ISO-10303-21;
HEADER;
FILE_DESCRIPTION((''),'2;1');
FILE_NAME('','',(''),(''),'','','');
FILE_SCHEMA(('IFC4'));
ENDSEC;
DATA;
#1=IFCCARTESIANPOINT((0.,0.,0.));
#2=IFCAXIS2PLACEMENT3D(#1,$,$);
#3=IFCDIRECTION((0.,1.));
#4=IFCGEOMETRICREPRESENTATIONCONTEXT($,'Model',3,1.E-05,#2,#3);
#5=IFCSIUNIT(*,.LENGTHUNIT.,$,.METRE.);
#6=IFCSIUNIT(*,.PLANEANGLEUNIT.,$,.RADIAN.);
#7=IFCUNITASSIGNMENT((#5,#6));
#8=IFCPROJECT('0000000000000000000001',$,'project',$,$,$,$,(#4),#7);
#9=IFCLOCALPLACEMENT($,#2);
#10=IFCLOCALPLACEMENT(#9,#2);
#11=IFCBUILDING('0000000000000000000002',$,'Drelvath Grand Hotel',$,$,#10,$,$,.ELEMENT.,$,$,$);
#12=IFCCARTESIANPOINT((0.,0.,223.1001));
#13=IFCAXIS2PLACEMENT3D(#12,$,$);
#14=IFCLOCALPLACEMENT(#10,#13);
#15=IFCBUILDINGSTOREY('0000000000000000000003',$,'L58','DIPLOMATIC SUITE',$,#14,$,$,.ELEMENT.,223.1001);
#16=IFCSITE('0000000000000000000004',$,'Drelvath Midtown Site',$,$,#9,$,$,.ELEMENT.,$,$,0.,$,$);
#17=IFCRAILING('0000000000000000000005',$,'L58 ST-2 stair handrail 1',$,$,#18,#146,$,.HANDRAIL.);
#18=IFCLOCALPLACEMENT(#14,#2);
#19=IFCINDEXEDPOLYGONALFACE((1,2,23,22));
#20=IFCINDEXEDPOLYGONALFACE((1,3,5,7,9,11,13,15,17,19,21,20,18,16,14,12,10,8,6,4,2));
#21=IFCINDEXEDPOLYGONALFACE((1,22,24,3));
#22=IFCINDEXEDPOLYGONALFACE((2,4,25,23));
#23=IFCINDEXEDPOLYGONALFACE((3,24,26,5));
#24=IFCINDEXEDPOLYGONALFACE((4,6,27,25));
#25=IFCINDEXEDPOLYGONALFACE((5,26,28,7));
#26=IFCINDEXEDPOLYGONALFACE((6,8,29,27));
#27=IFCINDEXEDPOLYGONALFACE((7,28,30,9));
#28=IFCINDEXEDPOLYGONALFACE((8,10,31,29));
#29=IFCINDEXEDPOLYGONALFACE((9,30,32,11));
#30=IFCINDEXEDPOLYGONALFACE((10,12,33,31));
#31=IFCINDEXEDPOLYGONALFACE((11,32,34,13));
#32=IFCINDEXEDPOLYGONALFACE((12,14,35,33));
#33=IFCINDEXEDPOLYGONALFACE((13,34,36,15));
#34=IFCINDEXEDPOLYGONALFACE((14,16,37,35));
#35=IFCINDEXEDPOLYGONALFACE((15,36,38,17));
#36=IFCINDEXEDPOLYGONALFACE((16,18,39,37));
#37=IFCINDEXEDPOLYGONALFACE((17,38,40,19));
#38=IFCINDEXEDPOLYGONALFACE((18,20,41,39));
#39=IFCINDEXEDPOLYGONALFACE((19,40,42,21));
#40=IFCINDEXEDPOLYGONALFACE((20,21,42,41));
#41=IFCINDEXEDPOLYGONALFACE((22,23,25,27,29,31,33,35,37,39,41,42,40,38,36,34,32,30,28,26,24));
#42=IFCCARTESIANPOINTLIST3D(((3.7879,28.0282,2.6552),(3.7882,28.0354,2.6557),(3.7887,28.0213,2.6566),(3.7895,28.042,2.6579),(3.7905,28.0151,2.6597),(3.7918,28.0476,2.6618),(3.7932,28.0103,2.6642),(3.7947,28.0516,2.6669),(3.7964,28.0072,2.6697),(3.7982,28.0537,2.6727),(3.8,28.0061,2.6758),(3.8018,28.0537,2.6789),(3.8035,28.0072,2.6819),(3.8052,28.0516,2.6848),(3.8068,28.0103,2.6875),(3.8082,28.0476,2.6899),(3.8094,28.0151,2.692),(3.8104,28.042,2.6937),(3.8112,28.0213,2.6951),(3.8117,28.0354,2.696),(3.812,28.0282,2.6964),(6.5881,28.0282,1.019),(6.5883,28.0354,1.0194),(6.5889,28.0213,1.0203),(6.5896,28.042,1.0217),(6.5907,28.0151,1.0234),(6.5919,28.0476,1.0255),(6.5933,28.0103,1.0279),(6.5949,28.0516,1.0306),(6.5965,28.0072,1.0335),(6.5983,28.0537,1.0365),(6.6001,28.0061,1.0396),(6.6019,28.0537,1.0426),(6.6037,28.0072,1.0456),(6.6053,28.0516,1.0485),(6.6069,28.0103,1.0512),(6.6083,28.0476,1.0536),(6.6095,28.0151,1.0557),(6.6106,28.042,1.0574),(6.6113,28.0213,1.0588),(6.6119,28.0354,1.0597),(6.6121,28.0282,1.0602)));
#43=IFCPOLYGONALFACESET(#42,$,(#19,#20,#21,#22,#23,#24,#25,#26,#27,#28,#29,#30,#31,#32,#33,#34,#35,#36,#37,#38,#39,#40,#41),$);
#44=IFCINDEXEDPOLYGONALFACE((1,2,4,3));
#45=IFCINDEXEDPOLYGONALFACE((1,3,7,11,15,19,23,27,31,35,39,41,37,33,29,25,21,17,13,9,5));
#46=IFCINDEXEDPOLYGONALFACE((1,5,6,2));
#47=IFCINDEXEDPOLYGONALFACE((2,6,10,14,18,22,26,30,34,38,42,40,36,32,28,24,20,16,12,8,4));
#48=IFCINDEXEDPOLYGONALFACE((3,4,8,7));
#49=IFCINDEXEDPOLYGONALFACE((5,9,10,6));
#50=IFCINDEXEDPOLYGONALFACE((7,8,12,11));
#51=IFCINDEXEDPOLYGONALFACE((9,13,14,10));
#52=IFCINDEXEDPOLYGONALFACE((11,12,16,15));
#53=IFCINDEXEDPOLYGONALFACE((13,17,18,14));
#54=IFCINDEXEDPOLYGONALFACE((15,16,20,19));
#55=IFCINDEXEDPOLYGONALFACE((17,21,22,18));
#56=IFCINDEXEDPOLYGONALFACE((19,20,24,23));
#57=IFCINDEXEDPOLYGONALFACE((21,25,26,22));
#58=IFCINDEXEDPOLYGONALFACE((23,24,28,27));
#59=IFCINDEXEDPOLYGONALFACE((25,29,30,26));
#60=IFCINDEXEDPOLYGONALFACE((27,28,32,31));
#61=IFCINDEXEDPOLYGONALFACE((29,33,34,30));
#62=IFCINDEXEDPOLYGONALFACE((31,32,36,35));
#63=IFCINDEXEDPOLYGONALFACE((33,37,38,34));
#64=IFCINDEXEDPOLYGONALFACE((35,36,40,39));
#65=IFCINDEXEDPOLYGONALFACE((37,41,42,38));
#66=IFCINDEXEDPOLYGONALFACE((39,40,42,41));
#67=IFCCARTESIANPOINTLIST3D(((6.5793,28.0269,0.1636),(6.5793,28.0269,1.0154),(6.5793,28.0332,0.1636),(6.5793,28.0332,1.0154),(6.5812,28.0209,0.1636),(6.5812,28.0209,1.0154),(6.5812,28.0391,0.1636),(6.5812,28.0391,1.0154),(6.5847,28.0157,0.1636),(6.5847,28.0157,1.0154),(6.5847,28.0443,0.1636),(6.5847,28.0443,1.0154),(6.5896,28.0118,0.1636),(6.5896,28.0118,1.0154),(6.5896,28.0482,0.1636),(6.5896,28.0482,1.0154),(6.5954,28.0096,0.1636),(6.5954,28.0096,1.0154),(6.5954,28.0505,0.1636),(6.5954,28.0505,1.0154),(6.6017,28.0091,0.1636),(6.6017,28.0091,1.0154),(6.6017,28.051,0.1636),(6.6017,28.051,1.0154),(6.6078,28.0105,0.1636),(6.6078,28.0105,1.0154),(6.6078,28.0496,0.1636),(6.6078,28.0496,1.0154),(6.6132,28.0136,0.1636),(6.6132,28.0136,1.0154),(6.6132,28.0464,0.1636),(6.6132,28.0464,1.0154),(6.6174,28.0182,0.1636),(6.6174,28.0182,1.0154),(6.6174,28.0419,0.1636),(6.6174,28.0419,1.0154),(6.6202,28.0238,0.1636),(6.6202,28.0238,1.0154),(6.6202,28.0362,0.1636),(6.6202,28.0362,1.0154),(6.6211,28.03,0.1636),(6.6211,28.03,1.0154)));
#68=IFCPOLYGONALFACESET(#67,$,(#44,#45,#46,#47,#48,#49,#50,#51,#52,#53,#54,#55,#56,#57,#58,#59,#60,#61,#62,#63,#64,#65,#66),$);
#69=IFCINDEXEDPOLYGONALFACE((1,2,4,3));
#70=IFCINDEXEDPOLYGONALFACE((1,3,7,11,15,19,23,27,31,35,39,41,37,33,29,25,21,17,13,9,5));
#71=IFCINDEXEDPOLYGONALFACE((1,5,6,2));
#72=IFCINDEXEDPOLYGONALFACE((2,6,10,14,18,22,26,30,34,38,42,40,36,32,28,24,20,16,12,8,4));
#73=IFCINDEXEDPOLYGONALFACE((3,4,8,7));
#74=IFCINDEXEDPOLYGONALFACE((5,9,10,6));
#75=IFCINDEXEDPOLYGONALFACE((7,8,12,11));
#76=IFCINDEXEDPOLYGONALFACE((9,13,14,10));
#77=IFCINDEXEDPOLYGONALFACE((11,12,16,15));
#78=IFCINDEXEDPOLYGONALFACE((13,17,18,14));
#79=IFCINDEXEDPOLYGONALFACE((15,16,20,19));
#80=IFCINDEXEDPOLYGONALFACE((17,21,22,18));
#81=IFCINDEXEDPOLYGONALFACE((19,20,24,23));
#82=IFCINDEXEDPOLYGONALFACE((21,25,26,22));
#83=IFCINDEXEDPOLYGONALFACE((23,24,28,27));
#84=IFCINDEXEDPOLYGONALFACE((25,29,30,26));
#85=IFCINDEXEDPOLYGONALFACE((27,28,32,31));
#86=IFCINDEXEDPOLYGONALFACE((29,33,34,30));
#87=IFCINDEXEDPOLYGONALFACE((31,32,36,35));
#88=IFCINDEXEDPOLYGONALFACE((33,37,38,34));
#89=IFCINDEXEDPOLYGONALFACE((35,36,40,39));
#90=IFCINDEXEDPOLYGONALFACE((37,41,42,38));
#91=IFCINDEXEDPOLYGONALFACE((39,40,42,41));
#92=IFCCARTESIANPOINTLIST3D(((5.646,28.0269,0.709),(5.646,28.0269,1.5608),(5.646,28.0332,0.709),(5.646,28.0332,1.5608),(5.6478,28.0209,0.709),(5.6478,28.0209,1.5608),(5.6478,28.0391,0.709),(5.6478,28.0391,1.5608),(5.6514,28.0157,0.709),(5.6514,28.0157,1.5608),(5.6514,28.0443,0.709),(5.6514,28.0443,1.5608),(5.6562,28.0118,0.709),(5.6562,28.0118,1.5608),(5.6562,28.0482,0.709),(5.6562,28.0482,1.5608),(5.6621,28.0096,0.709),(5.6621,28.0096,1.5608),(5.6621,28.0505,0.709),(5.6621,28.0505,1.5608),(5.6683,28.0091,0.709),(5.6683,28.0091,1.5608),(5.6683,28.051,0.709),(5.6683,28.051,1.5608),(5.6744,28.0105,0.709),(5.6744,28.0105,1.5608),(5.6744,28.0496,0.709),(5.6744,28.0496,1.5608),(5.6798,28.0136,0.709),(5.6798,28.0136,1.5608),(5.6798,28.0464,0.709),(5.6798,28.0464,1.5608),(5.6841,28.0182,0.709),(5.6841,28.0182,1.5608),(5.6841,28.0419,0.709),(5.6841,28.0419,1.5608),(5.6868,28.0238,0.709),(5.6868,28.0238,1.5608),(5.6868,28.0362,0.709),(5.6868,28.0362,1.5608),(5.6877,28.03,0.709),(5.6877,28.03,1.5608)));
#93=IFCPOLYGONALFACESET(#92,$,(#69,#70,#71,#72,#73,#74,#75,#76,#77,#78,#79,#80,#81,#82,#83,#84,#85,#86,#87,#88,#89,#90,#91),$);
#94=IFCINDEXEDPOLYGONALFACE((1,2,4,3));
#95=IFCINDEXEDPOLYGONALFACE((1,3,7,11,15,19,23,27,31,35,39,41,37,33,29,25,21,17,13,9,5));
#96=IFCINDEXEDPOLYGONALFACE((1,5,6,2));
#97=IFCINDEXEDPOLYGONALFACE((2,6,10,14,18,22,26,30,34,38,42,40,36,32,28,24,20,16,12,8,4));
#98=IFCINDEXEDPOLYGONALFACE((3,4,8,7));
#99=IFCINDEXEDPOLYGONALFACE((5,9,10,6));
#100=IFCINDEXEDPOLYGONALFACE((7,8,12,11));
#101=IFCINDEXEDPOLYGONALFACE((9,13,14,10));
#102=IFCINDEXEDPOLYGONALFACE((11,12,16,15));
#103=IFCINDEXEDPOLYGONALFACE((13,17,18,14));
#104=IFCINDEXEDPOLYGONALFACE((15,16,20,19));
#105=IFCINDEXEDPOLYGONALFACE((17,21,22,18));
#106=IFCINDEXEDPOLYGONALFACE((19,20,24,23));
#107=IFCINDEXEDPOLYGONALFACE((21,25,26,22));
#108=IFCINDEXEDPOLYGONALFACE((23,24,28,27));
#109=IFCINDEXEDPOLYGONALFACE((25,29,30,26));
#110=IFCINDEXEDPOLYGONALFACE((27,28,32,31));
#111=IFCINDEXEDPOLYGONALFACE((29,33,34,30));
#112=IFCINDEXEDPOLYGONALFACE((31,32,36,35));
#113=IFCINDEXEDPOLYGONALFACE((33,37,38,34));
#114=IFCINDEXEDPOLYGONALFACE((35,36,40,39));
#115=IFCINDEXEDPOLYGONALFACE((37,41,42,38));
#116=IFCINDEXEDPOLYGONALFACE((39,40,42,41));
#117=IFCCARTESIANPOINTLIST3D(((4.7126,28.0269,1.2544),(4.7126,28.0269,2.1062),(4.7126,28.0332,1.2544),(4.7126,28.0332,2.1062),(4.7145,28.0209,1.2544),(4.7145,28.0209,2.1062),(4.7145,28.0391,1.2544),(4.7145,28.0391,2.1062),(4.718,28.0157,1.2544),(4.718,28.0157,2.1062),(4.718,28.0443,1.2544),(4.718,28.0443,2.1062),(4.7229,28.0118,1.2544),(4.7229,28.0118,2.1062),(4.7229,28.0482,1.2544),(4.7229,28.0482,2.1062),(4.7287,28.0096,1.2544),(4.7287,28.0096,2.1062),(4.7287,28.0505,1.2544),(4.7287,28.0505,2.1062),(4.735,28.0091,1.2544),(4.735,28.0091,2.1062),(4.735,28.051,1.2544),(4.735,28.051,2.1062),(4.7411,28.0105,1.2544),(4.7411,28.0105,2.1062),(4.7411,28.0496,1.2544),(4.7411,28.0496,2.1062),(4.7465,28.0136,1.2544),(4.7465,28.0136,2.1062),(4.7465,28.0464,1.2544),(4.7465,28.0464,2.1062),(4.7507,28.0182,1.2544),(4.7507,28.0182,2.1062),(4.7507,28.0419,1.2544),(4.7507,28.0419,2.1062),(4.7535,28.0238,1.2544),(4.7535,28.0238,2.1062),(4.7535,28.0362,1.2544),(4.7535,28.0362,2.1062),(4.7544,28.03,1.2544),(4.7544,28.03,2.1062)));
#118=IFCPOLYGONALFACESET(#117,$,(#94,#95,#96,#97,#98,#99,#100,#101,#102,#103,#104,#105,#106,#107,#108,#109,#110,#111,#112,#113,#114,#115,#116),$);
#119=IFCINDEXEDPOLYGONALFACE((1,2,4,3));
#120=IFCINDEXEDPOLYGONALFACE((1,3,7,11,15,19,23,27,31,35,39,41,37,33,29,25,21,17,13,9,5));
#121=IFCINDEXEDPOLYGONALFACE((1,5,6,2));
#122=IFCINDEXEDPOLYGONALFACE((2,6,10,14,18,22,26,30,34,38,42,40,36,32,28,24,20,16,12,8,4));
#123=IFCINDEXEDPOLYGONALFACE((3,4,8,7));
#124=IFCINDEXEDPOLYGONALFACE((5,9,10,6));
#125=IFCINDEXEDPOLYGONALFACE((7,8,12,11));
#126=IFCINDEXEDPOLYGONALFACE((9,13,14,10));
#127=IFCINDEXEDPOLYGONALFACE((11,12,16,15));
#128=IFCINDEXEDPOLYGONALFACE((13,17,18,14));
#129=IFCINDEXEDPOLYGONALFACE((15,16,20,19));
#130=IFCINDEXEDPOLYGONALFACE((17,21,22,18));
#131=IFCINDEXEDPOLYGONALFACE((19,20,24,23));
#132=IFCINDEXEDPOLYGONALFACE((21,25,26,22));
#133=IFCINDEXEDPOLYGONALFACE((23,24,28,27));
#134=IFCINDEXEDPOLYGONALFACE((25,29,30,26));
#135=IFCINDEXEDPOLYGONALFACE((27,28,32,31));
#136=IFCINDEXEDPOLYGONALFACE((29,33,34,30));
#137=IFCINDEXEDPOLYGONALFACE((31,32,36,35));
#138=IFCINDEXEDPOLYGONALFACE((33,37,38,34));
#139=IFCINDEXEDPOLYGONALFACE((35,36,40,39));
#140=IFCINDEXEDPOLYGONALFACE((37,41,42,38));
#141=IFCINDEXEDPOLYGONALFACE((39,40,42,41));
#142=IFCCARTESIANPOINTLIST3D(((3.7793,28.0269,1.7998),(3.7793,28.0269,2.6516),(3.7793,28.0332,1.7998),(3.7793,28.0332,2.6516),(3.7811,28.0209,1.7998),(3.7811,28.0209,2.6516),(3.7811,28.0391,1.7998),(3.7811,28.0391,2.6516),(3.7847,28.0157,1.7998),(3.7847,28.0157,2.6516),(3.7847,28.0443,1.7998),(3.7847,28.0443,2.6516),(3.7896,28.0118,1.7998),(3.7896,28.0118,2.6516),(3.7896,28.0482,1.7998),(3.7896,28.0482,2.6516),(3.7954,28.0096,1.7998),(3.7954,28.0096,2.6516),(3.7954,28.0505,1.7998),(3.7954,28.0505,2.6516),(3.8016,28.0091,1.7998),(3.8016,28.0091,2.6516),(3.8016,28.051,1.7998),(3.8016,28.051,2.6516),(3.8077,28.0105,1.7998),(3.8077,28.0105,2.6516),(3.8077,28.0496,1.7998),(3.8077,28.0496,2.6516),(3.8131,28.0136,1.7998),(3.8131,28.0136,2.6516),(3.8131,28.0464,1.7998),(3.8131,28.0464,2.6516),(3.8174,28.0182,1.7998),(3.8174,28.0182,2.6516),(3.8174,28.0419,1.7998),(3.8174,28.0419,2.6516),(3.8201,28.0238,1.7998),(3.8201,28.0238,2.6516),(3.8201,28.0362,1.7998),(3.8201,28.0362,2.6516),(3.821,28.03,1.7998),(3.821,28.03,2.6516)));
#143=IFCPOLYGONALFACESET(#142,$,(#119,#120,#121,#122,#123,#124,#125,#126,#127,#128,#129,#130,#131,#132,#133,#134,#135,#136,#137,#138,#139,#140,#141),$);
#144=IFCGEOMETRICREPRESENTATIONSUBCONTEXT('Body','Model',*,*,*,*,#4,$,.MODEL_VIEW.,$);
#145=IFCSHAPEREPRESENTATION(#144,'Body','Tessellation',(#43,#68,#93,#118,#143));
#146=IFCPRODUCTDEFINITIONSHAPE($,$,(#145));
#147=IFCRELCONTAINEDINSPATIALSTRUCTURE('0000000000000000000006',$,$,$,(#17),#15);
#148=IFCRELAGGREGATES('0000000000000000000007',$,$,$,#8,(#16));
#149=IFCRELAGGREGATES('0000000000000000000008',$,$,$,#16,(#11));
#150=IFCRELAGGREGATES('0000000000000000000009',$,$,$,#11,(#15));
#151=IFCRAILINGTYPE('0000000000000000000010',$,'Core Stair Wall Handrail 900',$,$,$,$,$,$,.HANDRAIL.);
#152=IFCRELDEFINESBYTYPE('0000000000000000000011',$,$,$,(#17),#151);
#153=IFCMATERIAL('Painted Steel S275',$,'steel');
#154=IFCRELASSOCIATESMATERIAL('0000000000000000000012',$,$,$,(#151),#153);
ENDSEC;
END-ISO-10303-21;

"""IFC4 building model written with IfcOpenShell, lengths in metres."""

from ifc_helpers import new_model, si_unit, direction, frame, origin, origin_2d, place, context, subcontext, project, spatial, circle, extrude, material, type_object, element, save


model = new_model("IFC4")

# Units and contexts
model_context = context("Model", 3, precision=1e-05, world=origin(), true_north=direction((0.0, 1.0)))
body_context = subcontext(model_context, "Body", "Model", "MODEL_VIEW")
ifc_project = project(units=[si_unit("LENGTHUNIT", "METRE"), si_unit("PLANEANGLEUNIT", "RADIAN")], contexts=[model_context])

# Site, building, storey
site_placement = place(None, origin())
site = spatial("IfcSite", under=ifc_project, at=site_placement, Name="Drelvath Midtown Site", CompositionType="ELEMENT", RefElevation=0.0)
building_placement = place(site_placement, origin())
building = spatial("IfcBuilding", under=site, at=building_placement, Name="Drelvath Grand Hotel", CompositionType="ELEMENT")
storey_placement = place(building_placement, frame((0.0, 0.0, 223.1001)))
storey = spatial("IfcBuildingStorey", under=building, at=storey_placement, Name="L58", Description="DIPLOMATIC SUITE", CompositionType="ELEMENT", Elevation=223.1001)

# Shared definitions
ifc_material_1 = material(Name="Painted Steel S275", Category="steel")

# Railing
railing_type_1 = type_object("IfcRailingType", Name="Core Stair Wall Handrail 900", PredefinedType="HANDRAIL", material=ifc_material_1)
railing_1_placement = place(storey_placement, frame((6.6001, 28.03, 0.1636)))
element("IfcRailing", 1, at=railing_1_placement, inside=storey, type_object=railing_type_1, Name="L58 ST-2 stair handrail 1", PredefinedType="HANDRAIL", context=body_context, shape_type="SweptSolid", body=[
    extrude(circle(Radius=0.0239, at=origin_2d()), frame((0.0, 0.0, 0.876), z_axis=(-0.863394, 0.0, 0.504531), x_axis=(0.0, -1.0, 0.0)), (0.0, 0.0, 1.0), 3.2432),
    extrude(circle(Radius=0.021, at=origin_2d()), origin(), (0.0, 0.0, 1.0), 0.8518),
    extrude(circle(Radius=0.021, at=origin_2d()), frame((-0.9333, 0.0, 0.5454)), (0.0, 0.0, 1.0), 0.8518),
    extrude(circle(Radius=0.021, at=origin_2d()), frame((-1.8667, 0.0, 1.0908)), (0.0, 0.0, 1.0), 0.8518),
    extrude(circle(Radius=0.021, at=origin_2d()), frame((-2.8, 0.0, 1.6362)), (0.0, 0.0, 1.0), 0.8518),
])

save(model, "model.ifc")
